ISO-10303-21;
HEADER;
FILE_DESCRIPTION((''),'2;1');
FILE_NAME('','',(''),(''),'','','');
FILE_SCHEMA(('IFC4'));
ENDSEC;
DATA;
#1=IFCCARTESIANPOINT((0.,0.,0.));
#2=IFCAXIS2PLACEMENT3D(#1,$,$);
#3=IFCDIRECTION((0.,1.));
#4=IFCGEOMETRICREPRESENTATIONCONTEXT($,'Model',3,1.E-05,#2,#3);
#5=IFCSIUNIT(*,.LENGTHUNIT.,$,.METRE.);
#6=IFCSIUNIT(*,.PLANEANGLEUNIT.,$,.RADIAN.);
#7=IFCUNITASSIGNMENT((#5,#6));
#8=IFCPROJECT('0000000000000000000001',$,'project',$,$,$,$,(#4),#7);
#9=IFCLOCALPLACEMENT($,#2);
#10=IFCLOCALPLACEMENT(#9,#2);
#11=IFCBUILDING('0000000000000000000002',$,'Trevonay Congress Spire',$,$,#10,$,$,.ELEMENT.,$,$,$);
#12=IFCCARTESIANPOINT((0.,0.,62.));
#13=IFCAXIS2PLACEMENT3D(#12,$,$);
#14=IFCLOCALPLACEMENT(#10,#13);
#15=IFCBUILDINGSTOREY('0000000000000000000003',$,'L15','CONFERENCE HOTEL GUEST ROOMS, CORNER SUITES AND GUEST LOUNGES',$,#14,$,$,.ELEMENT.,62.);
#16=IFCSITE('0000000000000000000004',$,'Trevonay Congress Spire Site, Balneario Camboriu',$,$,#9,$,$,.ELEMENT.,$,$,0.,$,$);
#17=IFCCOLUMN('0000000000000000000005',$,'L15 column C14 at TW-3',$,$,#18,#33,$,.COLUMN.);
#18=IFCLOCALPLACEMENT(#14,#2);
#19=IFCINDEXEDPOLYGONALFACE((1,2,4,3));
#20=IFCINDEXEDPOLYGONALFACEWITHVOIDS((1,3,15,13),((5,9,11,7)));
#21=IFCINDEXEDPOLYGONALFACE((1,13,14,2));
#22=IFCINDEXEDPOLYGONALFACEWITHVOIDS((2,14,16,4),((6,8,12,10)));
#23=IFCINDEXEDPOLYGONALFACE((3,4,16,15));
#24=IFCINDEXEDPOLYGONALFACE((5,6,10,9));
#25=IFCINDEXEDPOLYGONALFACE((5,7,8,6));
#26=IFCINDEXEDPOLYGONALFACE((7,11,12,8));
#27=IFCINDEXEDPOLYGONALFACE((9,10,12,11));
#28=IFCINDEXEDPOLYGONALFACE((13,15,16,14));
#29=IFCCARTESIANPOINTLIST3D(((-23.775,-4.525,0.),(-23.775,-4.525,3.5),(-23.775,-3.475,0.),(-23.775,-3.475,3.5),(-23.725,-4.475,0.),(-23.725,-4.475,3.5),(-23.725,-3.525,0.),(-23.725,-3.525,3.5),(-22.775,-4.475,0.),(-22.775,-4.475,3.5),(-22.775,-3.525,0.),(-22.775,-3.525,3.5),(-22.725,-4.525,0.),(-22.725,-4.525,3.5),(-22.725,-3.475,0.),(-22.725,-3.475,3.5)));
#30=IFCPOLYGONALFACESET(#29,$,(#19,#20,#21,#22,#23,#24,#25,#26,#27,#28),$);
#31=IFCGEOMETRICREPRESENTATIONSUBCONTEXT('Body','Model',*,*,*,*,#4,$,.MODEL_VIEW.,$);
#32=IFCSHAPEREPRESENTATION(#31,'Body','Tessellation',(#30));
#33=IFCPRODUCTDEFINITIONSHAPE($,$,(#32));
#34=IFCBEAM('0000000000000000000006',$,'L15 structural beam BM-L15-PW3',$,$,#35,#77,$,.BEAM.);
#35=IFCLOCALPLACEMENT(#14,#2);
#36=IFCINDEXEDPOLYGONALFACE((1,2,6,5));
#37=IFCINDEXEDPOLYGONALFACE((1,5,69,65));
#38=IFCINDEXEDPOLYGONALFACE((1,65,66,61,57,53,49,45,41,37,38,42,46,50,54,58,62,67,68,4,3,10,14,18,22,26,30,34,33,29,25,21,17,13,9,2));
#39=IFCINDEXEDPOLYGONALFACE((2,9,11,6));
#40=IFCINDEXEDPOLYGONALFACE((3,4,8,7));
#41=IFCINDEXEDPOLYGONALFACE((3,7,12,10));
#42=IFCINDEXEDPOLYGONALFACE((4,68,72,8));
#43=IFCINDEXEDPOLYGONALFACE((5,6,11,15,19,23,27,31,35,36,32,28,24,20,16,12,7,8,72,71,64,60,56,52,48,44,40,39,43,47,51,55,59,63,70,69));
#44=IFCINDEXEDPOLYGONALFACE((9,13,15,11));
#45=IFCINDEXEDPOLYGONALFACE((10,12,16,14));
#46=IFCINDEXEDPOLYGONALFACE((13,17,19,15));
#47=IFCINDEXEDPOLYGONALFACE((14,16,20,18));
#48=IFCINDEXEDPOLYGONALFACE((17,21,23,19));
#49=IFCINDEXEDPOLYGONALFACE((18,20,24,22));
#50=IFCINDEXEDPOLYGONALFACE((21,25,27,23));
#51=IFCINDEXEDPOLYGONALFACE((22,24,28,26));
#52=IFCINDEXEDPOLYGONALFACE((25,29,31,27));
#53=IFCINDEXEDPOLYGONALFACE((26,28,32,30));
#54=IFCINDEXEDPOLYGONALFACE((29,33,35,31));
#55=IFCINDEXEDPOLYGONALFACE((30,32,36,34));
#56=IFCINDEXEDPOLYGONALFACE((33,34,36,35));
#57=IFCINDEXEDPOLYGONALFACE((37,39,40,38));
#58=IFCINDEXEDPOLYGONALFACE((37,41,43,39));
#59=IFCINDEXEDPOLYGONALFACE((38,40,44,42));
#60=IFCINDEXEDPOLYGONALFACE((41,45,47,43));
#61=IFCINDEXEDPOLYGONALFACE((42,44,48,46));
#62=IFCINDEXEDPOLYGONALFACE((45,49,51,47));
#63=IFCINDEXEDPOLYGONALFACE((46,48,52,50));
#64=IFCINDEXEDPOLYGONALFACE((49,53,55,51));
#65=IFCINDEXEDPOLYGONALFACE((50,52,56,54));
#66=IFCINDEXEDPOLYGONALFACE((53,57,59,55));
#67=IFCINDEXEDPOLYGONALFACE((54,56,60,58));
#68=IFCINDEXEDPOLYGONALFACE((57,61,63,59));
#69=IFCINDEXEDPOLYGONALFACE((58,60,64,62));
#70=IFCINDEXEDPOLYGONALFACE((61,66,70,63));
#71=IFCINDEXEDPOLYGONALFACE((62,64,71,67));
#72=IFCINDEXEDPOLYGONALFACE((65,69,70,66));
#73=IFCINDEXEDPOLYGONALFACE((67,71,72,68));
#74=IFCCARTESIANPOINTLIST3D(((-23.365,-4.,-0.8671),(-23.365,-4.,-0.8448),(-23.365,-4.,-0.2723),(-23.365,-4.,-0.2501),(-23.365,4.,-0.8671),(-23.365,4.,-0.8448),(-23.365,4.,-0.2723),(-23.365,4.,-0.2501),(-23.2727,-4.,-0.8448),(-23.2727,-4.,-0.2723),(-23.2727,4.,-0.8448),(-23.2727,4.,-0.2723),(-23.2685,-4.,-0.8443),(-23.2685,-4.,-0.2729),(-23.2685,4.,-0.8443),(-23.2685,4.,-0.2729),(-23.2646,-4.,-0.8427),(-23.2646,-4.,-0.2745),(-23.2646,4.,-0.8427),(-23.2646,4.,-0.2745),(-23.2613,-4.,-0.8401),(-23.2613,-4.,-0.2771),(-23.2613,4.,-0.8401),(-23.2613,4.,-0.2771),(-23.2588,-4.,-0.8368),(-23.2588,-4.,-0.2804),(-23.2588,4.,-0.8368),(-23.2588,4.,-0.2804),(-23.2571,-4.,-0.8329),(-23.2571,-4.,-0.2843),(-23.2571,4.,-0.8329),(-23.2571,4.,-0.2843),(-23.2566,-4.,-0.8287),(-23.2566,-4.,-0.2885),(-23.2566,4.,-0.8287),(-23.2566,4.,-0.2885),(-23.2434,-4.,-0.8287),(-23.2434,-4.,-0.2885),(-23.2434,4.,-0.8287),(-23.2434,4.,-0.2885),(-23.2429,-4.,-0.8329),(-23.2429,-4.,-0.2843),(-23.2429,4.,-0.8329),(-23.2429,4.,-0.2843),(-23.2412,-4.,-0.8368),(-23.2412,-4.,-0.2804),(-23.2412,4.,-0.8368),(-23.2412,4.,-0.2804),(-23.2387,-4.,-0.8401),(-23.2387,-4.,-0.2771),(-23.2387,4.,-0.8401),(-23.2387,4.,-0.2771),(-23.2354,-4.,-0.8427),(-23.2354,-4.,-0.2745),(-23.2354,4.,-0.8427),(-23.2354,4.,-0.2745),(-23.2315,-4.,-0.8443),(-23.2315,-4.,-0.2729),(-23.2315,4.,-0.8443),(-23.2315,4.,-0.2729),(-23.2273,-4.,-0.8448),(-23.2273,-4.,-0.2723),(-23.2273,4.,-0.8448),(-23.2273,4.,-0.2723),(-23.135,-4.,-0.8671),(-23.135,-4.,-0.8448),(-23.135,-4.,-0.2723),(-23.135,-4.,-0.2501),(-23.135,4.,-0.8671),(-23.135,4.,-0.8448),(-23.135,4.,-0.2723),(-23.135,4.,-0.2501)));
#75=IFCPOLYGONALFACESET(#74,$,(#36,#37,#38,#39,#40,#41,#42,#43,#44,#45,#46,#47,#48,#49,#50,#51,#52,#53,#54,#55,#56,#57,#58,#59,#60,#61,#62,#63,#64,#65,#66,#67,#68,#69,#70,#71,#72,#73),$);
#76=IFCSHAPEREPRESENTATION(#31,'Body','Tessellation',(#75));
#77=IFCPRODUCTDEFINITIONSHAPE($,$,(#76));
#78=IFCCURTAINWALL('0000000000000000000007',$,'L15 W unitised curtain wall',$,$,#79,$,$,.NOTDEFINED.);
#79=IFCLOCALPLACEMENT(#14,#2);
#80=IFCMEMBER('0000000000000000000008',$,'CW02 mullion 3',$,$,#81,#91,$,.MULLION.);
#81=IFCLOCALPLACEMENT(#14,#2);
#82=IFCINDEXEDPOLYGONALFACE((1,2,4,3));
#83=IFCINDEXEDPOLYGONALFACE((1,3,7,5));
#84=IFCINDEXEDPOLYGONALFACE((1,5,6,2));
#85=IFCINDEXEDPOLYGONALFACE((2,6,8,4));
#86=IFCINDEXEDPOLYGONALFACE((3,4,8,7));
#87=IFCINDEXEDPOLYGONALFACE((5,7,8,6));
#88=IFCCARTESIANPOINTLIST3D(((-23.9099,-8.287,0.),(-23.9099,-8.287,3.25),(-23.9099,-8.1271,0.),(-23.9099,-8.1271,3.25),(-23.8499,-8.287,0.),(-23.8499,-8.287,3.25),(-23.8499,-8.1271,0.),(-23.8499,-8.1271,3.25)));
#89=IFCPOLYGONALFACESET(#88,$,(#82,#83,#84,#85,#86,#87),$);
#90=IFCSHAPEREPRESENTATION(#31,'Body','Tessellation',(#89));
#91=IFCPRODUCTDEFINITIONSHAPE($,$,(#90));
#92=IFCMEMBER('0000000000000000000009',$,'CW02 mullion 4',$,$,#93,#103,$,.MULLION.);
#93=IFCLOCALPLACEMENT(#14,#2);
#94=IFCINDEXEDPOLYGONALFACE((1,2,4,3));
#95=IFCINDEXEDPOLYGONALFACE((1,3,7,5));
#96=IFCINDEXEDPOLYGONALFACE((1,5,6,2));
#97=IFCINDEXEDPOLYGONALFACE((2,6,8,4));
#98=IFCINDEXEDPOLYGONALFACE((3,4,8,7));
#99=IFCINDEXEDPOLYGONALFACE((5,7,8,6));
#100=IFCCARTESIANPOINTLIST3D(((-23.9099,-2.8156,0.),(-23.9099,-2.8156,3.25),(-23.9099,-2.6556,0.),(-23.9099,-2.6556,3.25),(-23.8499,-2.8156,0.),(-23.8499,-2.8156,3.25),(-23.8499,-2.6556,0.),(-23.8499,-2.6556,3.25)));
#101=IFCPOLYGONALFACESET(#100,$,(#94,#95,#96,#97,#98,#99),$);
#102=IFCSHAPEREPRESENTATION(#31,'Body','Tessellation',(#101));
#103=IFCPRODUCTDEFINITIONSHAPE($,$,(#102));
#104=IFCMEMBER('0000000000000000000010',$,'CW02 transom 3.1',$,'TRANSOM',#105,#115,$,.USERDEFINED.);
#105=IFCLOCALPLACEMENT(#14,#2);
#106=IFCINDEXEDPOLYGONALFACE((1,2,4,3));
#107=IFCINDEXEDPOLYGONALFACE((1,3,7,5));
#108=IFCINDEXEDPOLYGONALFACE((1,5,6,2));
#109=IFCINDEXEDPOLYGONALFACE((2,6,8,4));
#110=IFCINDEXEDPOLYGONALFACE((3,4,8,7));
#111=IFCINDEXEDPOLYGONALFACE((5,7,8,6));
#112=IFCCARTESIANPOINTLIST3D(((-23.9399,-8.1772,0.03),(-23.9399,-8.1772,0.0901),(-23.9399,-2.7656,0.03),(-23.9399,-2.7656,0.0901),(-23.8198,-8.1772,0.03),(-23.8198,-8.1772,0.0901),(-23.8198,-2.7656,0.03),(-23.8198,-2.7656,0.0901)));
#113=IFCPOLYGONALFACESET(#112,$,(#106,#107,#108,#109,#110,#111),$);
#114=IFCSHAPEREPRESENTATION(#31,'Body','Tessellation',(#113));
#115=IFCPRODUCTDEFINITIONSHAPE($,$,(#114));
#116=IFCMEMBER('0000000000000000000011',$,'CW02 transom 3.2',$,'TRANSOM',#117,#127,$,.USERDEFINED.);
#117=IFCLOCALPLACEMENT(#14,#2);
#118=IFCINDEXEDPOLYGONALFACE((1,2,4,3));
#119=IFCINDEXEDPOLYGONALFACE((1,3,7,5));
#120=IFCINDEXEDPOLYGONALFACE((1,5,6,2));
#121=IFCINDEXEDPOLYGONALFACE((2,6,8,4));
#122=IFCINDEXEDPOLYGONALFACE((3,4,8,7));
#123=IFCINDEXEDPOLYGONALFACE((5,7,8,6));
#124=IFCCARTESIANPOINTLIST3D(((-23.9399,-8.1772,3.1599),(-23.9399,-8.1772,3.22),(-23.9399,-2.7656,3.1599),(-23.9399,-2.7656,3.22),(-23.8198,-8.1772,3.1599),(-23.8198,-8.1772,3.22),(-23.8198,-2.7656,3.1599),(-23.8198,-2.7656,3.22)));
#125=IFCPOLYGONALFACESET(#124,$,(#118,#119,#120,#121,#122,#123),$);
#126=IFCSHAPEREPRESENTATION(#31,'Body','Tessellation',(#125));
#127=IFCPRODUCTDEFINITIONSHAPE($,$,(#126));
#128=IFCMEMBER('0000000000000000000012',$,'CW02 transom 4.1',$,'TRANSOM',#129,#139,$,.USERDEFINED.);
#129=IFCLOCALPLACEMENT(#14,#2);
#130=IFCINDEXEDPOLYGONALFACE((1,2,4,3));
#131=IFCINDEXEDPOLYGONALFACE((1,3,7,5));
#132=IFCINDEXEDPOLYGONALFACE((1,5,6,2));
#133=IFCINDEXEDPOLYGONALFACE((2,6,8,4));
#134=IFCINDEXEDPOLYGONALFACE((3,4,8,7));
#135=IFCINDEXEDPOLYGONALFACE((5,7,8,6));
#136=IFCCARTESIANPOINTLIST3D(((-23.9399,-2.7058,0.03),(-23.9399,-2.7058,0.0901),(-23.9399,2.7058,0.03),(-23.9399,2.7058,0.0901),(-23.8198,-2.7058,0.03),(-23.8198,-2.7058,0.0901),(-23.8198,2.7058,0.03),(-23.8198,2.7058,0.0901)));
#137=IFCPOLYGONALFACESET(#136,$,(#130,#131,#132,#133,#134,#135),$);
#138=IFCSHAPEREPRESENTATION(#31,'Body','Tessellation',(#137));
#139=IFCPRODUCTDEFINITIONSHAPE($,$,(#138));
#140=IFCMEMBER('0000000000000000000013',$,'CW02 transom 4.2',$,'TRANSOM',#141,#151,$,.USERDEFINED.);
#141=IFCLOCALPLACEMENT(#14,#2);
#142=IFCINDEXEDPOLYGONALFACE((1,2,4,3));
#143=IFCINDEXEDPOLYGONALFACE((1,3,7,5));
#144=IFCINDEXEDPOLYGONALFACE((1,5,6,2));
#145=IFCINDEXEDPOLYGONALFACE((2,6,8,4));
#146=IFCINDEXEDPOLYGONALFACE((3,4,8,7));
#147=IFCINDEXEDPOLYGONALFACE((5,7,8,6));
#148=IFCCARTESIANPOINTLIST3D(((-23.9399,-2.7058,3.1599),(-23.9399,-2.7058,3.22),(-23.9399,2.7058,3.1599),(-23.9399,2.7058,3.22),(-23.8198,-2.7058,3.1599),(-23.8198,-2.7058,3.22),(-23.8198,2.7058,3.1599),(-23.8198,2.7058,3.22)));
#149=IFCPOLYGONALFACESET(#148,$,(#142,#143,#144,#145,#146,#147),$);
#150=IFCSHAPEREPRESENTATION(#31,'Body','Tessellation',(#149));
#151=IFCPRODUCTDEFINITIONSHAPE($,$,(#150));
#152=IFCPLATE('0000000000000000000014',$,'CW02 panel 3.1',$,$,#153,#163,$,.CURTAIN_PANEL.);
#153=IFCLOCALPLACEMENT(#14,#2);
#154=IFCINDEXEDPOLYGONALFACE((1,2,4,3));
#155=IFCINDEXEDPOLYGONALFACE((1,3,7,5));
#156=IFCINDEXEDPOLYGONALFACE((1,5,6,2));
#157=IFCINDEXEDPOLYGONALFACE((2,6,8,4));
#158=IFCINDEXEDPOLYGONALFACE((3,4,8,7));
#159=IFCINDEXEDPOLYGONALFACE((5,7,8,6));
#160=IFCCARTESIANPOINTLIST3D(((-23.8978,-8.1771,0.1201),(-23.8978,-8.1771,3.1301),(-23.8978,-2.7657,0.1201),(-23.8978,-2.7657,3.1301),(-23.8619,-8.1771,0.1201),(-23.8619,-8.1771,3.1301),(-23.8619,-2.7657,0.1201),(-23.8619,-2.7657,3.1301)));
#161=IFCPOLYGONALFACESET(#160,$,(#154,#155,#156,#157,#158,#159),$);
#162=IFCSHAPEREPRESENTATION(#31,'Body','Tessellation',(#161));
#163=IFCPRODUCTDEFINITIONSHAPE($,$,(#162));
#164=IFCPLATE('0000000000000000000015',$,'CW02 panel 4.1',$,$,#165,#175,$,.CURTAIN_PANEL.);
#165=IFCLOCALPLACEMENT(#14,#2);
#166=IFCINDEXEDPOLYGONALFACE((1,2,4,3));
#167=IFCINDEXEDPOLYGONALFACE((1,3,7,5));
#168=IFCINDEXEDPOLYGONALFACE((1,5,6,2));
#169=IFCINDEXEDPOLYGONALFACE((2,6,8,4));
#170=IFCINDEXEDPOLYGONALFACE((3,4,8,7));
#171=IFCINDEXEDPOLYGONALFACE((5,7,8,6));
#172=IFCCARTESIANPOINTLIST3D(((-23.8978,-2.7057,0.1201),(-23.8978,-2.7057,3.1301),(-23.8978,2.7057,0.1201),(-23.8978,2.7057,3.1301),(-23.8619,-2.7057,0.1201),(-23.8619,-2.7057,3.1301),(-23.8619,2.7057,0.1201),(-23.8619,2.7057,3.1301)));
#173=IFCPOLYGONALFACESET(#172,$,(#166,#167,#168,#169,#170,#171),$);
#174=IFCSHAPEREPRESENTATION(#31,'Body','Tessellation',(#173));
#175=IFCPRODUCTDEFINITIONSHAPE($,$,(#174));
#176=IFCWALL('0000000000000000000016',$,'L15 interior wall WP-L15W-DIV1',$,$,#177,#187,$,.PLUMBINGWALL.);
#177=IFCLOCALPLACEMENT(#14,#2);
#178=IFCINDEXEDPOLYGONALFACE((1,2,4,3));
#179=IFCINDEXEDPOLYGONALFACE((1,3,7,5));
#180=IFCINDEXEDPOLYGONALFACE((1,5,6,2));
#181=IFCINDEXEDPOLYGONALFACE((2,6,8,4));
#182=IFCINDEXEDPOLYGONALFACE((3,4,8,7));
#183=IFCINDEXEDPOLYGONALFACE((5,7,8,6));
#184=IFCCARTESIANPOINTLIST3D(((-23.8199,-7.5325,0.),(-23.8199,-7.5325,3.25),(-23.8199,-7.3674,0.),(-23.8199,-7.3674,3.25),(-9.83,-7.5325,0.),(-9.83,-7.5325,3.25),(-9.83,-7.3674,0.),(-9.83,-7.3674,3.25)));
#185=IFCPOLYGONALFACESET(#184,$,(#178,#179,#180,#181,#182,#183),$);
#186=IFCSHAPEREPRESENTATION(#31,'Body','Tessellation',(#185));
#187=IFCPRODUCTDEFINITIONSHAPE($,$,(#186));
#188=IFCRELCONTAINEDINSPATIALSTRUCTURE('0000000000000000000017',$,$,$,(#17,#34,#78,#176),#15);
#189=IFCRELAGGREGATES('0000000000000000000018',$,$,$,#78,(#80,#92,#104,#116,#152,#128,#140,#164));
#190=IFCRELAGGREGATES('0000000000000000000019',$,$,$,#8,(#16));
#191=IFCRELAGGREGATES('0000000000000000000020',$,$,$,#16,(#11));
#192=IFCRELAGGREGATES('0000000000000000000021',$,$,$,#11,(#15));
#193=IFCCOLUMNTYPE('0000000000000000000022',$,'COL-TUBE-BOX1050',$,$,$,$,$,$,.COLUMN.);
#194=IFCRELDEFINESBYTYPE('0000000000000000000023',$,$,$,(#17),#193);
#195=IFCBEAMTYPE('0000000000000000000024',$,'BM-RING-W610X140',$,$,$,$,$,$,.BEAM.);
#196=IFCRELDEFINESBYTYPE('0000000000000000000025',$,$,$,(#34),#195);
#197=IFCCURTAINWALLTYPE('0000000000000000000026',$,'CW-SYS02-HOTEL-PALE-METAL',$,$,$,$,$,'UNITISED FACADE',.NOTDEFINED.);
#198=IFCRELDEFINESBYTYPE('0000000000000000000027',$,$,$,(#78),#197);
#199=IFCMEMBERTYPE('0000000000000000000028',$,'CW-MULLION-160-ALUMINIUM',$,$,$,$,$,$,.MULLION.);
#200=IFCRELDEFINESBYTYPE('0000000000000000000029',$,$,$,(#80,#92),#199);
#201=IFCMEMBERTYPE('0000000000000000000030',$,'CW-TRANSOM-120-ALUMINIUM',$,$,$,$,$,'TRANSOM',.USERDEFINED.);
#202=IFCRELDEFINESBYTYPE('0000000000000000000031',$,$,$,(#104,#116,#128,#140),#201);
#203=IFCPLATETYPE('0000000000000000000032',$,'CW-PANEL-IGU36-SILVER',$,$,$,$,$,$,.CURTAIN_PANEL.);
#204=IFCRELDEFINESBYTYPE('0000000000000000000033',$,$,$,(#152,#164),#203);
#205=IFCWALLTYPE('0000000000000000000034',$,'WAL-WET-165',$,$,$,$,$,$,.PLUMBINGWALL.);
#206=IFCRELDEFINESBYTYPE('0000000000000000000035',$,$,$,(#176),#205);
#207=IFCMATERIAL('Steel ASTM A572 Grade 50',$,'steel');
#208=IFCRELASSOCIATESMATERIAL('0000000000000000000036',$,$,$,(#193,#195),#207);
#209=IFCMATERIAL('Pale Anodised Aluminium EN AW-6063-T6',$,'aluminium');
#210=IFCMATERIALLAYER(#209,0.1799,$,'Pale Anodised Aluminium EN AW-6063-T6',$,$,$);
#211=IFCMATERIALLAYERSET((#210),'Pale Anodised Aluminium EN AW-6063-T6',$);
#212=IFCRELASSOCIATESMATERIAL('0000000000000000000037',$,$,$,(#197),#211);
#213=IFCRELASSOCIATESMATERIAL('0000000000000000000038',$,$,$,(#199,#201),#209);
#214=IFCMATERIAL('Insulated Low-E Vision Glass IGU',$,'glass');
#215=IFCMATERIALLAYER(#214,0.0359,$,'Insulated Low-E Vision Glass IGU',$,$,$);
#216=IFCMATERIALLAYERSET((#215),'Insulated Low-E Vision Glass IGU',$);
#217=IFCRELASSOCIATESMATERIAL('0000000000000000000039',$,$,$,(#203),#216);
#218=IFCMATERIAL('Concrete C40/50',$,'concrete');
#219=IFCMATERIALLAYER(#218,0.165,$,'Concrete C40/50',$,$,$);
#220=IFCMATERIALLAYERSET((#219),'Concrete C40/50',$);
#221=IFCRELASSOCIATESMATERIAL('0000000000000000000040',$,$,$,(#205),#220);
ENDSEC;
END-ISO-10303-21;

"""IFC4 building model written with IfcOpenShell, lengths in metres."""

from ifc_helpers import new_model, si_unit, direction, frame, frame_2d, origin, origin_2d, place, context, subcontext, project, spatial, rectangle, hollow_rectangle, i_section, extrude, material, layer, layer_set, material_profile, profile_set, type_object, element, aggregate, save


model = new_model("IFC4")

# Units and contexts
model_context = context("Model", 3, precision=1e-05, world=origin(), true_north=direction((0.0, 1.0)))
body_context = subcontext(model_context, "Body", "Model", "MODEL_VIEW")
ifc_project = project(units=[si_unit("LENGTHUNIT", "METRE"), si_unit("PLANEANGLEUNIT", "RADIAN")], contexts=[model_context])

# Site, building, storey
site_placement = place(None, origin())
site = spatial("IfcSite", under=ifc_project, at=site_placement, Name="Trevonay Congress Spire Site, Balneario Camboriu", CompositionType="ELEMENT", RefElevation=0.0)
building_placement = place(site_placement, origin())
building = spatial("IfcBuilding", under=site, at=building_placement, Name="Trevonay Congress Spire", CompositionType="ELEMENT")
storey_placement = place(building_placement, frame((0.0, 0.0, 62.0)))
storey = spatial("IfcBuildingStorey", under=building, at=storey_placement, Name="L15", Description="CONFERENCE HOTEL GUEST ROOMS, CORNER SUITES AND GUEST LOUNGES", CompositionType="ELEMENT", Elevation=62.0)

# Column
ifc_material_1 = material(Name="Steel ASTM A572 Grade 50", Category="steel")
ifc_material_profile_1 = material_profile(ifc_material_1, hollow_rectangle(XDim=1.05, YDim=1.05, WallThickness=0.05, at=origin_2d()), Name="BOX 1050x1050x50")
ifc_profile_set_1 = profile_set([ifc_material_profile_1], Name="Steel ASTM A572 Grade 50")
column_type = type_object("IfcColumnType", Name="COL-TUBE-BOX1050", PredefinedType="COLUMN", material=ifc_profile_set_1)
column_placement = place(storey_placement, frame((-23.25, -4.0, 0.0), z_axis=(0.0, 0.0, 1.0), x_axis=(1.0, 0.0, 0.0)))
element("IfcColumn", 1, at=column_placement, inside=storey, type_object=column_type, Name="L15 column C14 at TW-3", PredefinedType="COLUMN", context=body_context, shape_type="SweptSolid", body=[
    extrude(hollow_rectangle(XDim=1.05, YDim=1.05, WallThickness=0.05, at=origin_2d()), origin(), (0.0, 0.0, 1.0), 3.5),
])

# Beam
ifc_material_profile_2 = material_profile(ifc_material_1, i_section(OverallWidth=0.23, OverallDepth=0.6169, WebThickness=0.0132, FlangeThickness=0.0222, FilletRadius=0.0161, at=origin_2d()), Name="W610x140")
ifc_profile_set_2 = profile_set([ifc_material_profile_2], Name="Steel ASTM A572 Grade 50")
beam_type = type_object("IfcBeamType", Name="BM-RING-W610X140", PredefinedType="BEAM", material=ifc_profile_set_2)
beam_placement = place(storey_placement, frame((-23.25, -4.0, -0.5586), z_axis=(0.0, 1.0, 0.0), x_axis=(-1.0, 0.0, 0.0)))
element("IfcBeam", 2, at=beam_placement, inside=storey, type_object=beam_type, Name="L15 structural beam BM-L15-PW3", PredefinedType="BEAM", context=body_context, shape_type="SweptSolid", body=[
    extrude(i_section(OverallWidth=0.23, OverallDepth=0.6169, WebThickness=0.0132, FlangeThickness=0.0222, FilletRadius=0.0161, at=origin_2d()), origin(), (0.0, 0.0, 1.0), 8.0),
])

# Curtain wall, members, plates
ifc_material_2 = material(Name="Pale Anodised Aluminium EN AW-6063-T6", Category="aluminium")
ifc_layer_1 = layer(ifc_material_2, 0.1799, Name="Pale Anodised Aluminium EN AW-6063-T6")
ifc_layer_set_1 = layer_set([ifc_layer_1], Name="Pale Anodised Aluminium EN AW-6063-T6")
curtain_wall_type = type_object("IfcCurtainWallType", Name="CW-SYS02-HOTEL-PALE-METAL", ElementType="UNITISED FACADE", PredefinedType="NOTDEFINED", material=ifc_layer_set_1)
curtain_wall_placement = place(storey_placement, origin())
curtain_wall = element("IfcCurtainWall", 3, at=curtain_wall_placement, inside=storey, type_object=curtain_wall_type, Name="L15 W unitised curtain wall", PredefinedType="NOTDEFINED")
ifc_material_profile_3 = material_profile(ifc_material_2, rectangle(XDim=0.0601, YDim=0.1599, at=origin_2d()), Name="CW-MULLION-160-ALUMINIUM")
ifc_profile_set_3 = profile_set([ifc_material_profile_3], Name="Pale Anodised Aluminium EN AW-6063-T6")
member_type_1 = type_object("IfcMemberType", Name="CW-MULLION-160-ALUMINIUM", PredefinedType="MULLION", material=ifc_profile_set_3)
member_1_placement = place(storey_placement, frame((-23.8799, -8.207, 0.0), z_axis=(0.0, 0.0, 1.0), x_axis=(-1.0, 0.0, 0.0)))
member_1 = element("IfcMember", 4, at=member_1_placement, type_object=member_type_1, Name="CW02 mullion 3", PredefinedType="MULLION", context=body_context, shape_type="SweptSolid", body=[
    extrude(rectangle(XDim=0.0601, YDim=0.1599, at=origin_2d()), origin(), (0.0, 0.0, 1.0), 3.25),
])
member_2_placement = place(storey_placement, frame((-23.8799, -2.7356, 0.0), z_axis=(0.0, 0.0, 1.0), x_axis=(-1.0, 0.0, 0.0)))
member_2 = element("IfcMember", 5, at=member_2_placement, type_object=member_type_1, Name="CW02 mullion 4", PredefinedType="MULLION", context=body_context, shape_type="SweptSolid", body=[
    extrude(rectangle(XDim=0.0601, YDim=0.1599, at=origin_2d()), origin(), (0.0, 0.0, 1.0), 3.25),
])
ifc_material_profile_4 = material_profile(ifc_material_2, rectangle(XDim=0.1201, YDim=0.0601, at=origin_2d()), Name="CW-TRANSOM-120-ALUMINIUM")
ifc_profile_set_4 = profile_set([ifc_material_profile_4], Name="Pale Anodised Aluminium EN AW-6063-T6")
member_type_2 = type_object("IfcMemberType", Name="CW-TRANSOM-120-ALUMINIUM", ElementType="TRANSOM", PredefinedType="USERDEFINED", material=ifc_profile_set_4)
member_3_placement = place(storey_placement, frame((-23.8799, -8.1772, 0.0601), z_axis=(0.0, 1.0, 0.0), x_axis=(-1.0, 0.0, 0.0)))
member_3 = element("IfcMember", 6, at=member_3_placement, type_object=member_type_2, Name="CW02 transom 3.1", ObjectType="TRANSOM", PredefinedType="USERDEFINED", context=body_context, shape_type="SweptSolid", body=[
    extrude(rectangle(XDim=0.1201, YDim=0.0601, at=origin_2d()), origin(), (0.0, 0.0, 1.0), 5.4116),
])
member_4_placement = place(storey_placement, frame((-23.8799, -8.1772, 3.1899), z_axis=(0.0, 1.0, 0.0), x_axis=(-1.0, 0.0, 0.0)))
member_4 = element("IfcMember", 7, at=member_4_placement, type_object=member_type_2, Name="CW02 transom 3.2", ObjectType="TRANSOM", PredefinedType="USERDEFINED", context=body_context, shape_type="SweptSolid", body=[
    extrude(rectangle(XDim=0.1201, YDim=0.0601, at=origin_2d()), origin(), (0.0, 0.0, 1.0), 5.4116),
])
member_5_placement = place(storey_placement, frame((-23.8799, -2.7058, 0.0601), z_axis=(0.0, 1.0, 0.0), x_axis=(-1.0, 0.0, 0.0)))
member_5 = element("IfcMember", 8, at=member_5_placement, type_object=member_type_2, Name="CW02 transom 4.1", ObjectType="TRANSOM", PredefinedType="USERDEFINED", context=body_context, shape_type="SweptSolid", body=[
    extrude(rectangle(XDim=0.1201, YDim=0.0601, at=origin_2d()), origin(), (0.0, 0.0, 1.0), 5.4116),
])
member_6_placement = place(storey_placement, frame((-23.8799, -2.7058, 3.1899), z_axis=(0.0, 1.0, 0.0), x_axis=(-1.0, 0.0, 0.0)))
member_6 = element("IfcMember", 9, at=member_6_placement, type_object=member_type_2, Name="CW02 transom 4.2", ObjectType="TRANSOM", PredefinedType="USERDEFINED", context=body_context, shape_type="SweptSolid", body=[
    extrude(rectangle(XDim=0.1201, YDim=0.0601, at=origin_2d()), origin(), (0.0, 0.0, 1.0), 5.4116),
])
ifc_material_3 = material(Name="Insulated Low-E Vision Glass IGU", Category="glass")
ifc_layer_2 = layer(ifc_material_3, 0.0359, Name="Insulated Low-E Vision Glass IGU")
ifc_layer_set_2 = layer_set([ifc_layer_2], Name="Insulated Low-E Vision Glass IGU")
plate_type = type_object("IfcPlateType", Name="CW-PANEL-IGU36-SILVER", PredefinedType="CURTAIN_PANEL", material=ifc_layer_set_2)
plate_1_placement = place(storey_placement, frame((-23.8799, -5.4714, 0.1201), z_axis=(0.0, 0.0, 1.0), x_axis=(0.0, 1.0, 0.0)))
plate_1 = element("IfcPlate", 10, at=plate_1_placement, type_object=plate_type, Name="CW02 panel 3.1", PredefinedType="CURTAIN_PANEL", context=body_context, shape_type="SweptSolid", body=[
    extrude(rectangle(XDim=5.4114, YDim=0.0359, at=origin_2d()), origin(), (0.0, 0.0, 1.0), 3.01),
])
plate_2_placement = place(storey_placement, frame((-23.8799, 0.0, 0.1201), z_axis=(0.0, 0.0, 1.0), x_axis=(0.0, 1.0, 0.0)))
plate_2 = element("IfcPlate", 11, at=plate_2_placement, type_object=plate_type, Name="CW02 panel 4.1", PredefinedType="CURTAIN_PANEL", context=body_context, shape_type="SweptSolid", body=[
    extrude(rectangle(XDim=5.4114, YDim=0.0359, at=origin_2d()), origin(), (0.0, 0.0, 1.0), 3.01),
])
aggregate(curtain_wall, [member_1, member_2, member_3, member_4, plate_1, member_5, member_6, plate_2])

# Wall
ifc_material_4 = material(Name="Concrete C40/50", Category="concrete")
ifc_layer_3 = layer(ifc_material_4, 0.165, Name="Concrete C40/50")
ifc_layer_set_3 = layer_set([ifc_layer_3], Name="Concrete C40/50")
wall_type = type_object("IfcWallType", Name="WAL-WET-165", PredefinedType="PLUMBINGWALL", material=ifc_layer_set_3)
for number, where, z_axis, x_axis, name in (
    (12, (-23.8201, -7.45, 0.0), (0.0, 0.0, 1.0), (1.0, 0.0, 0.0), "L15 interior wall WP-L15W-DIV1"),
):
    element("IfcWall", number, at=place(storey_placement, frame(where, z_axis=z_axis, x_axis=x_axis)), inside=storey, type_object=wall_type, Name=name, PredefinedType="PLUMBINGWALL", context=body_context, shape_type="SweptSolid", body=[
        extrude(rectangle(XDim=13.99, YDim=0.165, at=frame_2d((6.9951, 0.0))), origin(), (0.0, 0.0, 1.0), 3.25),
    ])

save(model, "model.ifc")
